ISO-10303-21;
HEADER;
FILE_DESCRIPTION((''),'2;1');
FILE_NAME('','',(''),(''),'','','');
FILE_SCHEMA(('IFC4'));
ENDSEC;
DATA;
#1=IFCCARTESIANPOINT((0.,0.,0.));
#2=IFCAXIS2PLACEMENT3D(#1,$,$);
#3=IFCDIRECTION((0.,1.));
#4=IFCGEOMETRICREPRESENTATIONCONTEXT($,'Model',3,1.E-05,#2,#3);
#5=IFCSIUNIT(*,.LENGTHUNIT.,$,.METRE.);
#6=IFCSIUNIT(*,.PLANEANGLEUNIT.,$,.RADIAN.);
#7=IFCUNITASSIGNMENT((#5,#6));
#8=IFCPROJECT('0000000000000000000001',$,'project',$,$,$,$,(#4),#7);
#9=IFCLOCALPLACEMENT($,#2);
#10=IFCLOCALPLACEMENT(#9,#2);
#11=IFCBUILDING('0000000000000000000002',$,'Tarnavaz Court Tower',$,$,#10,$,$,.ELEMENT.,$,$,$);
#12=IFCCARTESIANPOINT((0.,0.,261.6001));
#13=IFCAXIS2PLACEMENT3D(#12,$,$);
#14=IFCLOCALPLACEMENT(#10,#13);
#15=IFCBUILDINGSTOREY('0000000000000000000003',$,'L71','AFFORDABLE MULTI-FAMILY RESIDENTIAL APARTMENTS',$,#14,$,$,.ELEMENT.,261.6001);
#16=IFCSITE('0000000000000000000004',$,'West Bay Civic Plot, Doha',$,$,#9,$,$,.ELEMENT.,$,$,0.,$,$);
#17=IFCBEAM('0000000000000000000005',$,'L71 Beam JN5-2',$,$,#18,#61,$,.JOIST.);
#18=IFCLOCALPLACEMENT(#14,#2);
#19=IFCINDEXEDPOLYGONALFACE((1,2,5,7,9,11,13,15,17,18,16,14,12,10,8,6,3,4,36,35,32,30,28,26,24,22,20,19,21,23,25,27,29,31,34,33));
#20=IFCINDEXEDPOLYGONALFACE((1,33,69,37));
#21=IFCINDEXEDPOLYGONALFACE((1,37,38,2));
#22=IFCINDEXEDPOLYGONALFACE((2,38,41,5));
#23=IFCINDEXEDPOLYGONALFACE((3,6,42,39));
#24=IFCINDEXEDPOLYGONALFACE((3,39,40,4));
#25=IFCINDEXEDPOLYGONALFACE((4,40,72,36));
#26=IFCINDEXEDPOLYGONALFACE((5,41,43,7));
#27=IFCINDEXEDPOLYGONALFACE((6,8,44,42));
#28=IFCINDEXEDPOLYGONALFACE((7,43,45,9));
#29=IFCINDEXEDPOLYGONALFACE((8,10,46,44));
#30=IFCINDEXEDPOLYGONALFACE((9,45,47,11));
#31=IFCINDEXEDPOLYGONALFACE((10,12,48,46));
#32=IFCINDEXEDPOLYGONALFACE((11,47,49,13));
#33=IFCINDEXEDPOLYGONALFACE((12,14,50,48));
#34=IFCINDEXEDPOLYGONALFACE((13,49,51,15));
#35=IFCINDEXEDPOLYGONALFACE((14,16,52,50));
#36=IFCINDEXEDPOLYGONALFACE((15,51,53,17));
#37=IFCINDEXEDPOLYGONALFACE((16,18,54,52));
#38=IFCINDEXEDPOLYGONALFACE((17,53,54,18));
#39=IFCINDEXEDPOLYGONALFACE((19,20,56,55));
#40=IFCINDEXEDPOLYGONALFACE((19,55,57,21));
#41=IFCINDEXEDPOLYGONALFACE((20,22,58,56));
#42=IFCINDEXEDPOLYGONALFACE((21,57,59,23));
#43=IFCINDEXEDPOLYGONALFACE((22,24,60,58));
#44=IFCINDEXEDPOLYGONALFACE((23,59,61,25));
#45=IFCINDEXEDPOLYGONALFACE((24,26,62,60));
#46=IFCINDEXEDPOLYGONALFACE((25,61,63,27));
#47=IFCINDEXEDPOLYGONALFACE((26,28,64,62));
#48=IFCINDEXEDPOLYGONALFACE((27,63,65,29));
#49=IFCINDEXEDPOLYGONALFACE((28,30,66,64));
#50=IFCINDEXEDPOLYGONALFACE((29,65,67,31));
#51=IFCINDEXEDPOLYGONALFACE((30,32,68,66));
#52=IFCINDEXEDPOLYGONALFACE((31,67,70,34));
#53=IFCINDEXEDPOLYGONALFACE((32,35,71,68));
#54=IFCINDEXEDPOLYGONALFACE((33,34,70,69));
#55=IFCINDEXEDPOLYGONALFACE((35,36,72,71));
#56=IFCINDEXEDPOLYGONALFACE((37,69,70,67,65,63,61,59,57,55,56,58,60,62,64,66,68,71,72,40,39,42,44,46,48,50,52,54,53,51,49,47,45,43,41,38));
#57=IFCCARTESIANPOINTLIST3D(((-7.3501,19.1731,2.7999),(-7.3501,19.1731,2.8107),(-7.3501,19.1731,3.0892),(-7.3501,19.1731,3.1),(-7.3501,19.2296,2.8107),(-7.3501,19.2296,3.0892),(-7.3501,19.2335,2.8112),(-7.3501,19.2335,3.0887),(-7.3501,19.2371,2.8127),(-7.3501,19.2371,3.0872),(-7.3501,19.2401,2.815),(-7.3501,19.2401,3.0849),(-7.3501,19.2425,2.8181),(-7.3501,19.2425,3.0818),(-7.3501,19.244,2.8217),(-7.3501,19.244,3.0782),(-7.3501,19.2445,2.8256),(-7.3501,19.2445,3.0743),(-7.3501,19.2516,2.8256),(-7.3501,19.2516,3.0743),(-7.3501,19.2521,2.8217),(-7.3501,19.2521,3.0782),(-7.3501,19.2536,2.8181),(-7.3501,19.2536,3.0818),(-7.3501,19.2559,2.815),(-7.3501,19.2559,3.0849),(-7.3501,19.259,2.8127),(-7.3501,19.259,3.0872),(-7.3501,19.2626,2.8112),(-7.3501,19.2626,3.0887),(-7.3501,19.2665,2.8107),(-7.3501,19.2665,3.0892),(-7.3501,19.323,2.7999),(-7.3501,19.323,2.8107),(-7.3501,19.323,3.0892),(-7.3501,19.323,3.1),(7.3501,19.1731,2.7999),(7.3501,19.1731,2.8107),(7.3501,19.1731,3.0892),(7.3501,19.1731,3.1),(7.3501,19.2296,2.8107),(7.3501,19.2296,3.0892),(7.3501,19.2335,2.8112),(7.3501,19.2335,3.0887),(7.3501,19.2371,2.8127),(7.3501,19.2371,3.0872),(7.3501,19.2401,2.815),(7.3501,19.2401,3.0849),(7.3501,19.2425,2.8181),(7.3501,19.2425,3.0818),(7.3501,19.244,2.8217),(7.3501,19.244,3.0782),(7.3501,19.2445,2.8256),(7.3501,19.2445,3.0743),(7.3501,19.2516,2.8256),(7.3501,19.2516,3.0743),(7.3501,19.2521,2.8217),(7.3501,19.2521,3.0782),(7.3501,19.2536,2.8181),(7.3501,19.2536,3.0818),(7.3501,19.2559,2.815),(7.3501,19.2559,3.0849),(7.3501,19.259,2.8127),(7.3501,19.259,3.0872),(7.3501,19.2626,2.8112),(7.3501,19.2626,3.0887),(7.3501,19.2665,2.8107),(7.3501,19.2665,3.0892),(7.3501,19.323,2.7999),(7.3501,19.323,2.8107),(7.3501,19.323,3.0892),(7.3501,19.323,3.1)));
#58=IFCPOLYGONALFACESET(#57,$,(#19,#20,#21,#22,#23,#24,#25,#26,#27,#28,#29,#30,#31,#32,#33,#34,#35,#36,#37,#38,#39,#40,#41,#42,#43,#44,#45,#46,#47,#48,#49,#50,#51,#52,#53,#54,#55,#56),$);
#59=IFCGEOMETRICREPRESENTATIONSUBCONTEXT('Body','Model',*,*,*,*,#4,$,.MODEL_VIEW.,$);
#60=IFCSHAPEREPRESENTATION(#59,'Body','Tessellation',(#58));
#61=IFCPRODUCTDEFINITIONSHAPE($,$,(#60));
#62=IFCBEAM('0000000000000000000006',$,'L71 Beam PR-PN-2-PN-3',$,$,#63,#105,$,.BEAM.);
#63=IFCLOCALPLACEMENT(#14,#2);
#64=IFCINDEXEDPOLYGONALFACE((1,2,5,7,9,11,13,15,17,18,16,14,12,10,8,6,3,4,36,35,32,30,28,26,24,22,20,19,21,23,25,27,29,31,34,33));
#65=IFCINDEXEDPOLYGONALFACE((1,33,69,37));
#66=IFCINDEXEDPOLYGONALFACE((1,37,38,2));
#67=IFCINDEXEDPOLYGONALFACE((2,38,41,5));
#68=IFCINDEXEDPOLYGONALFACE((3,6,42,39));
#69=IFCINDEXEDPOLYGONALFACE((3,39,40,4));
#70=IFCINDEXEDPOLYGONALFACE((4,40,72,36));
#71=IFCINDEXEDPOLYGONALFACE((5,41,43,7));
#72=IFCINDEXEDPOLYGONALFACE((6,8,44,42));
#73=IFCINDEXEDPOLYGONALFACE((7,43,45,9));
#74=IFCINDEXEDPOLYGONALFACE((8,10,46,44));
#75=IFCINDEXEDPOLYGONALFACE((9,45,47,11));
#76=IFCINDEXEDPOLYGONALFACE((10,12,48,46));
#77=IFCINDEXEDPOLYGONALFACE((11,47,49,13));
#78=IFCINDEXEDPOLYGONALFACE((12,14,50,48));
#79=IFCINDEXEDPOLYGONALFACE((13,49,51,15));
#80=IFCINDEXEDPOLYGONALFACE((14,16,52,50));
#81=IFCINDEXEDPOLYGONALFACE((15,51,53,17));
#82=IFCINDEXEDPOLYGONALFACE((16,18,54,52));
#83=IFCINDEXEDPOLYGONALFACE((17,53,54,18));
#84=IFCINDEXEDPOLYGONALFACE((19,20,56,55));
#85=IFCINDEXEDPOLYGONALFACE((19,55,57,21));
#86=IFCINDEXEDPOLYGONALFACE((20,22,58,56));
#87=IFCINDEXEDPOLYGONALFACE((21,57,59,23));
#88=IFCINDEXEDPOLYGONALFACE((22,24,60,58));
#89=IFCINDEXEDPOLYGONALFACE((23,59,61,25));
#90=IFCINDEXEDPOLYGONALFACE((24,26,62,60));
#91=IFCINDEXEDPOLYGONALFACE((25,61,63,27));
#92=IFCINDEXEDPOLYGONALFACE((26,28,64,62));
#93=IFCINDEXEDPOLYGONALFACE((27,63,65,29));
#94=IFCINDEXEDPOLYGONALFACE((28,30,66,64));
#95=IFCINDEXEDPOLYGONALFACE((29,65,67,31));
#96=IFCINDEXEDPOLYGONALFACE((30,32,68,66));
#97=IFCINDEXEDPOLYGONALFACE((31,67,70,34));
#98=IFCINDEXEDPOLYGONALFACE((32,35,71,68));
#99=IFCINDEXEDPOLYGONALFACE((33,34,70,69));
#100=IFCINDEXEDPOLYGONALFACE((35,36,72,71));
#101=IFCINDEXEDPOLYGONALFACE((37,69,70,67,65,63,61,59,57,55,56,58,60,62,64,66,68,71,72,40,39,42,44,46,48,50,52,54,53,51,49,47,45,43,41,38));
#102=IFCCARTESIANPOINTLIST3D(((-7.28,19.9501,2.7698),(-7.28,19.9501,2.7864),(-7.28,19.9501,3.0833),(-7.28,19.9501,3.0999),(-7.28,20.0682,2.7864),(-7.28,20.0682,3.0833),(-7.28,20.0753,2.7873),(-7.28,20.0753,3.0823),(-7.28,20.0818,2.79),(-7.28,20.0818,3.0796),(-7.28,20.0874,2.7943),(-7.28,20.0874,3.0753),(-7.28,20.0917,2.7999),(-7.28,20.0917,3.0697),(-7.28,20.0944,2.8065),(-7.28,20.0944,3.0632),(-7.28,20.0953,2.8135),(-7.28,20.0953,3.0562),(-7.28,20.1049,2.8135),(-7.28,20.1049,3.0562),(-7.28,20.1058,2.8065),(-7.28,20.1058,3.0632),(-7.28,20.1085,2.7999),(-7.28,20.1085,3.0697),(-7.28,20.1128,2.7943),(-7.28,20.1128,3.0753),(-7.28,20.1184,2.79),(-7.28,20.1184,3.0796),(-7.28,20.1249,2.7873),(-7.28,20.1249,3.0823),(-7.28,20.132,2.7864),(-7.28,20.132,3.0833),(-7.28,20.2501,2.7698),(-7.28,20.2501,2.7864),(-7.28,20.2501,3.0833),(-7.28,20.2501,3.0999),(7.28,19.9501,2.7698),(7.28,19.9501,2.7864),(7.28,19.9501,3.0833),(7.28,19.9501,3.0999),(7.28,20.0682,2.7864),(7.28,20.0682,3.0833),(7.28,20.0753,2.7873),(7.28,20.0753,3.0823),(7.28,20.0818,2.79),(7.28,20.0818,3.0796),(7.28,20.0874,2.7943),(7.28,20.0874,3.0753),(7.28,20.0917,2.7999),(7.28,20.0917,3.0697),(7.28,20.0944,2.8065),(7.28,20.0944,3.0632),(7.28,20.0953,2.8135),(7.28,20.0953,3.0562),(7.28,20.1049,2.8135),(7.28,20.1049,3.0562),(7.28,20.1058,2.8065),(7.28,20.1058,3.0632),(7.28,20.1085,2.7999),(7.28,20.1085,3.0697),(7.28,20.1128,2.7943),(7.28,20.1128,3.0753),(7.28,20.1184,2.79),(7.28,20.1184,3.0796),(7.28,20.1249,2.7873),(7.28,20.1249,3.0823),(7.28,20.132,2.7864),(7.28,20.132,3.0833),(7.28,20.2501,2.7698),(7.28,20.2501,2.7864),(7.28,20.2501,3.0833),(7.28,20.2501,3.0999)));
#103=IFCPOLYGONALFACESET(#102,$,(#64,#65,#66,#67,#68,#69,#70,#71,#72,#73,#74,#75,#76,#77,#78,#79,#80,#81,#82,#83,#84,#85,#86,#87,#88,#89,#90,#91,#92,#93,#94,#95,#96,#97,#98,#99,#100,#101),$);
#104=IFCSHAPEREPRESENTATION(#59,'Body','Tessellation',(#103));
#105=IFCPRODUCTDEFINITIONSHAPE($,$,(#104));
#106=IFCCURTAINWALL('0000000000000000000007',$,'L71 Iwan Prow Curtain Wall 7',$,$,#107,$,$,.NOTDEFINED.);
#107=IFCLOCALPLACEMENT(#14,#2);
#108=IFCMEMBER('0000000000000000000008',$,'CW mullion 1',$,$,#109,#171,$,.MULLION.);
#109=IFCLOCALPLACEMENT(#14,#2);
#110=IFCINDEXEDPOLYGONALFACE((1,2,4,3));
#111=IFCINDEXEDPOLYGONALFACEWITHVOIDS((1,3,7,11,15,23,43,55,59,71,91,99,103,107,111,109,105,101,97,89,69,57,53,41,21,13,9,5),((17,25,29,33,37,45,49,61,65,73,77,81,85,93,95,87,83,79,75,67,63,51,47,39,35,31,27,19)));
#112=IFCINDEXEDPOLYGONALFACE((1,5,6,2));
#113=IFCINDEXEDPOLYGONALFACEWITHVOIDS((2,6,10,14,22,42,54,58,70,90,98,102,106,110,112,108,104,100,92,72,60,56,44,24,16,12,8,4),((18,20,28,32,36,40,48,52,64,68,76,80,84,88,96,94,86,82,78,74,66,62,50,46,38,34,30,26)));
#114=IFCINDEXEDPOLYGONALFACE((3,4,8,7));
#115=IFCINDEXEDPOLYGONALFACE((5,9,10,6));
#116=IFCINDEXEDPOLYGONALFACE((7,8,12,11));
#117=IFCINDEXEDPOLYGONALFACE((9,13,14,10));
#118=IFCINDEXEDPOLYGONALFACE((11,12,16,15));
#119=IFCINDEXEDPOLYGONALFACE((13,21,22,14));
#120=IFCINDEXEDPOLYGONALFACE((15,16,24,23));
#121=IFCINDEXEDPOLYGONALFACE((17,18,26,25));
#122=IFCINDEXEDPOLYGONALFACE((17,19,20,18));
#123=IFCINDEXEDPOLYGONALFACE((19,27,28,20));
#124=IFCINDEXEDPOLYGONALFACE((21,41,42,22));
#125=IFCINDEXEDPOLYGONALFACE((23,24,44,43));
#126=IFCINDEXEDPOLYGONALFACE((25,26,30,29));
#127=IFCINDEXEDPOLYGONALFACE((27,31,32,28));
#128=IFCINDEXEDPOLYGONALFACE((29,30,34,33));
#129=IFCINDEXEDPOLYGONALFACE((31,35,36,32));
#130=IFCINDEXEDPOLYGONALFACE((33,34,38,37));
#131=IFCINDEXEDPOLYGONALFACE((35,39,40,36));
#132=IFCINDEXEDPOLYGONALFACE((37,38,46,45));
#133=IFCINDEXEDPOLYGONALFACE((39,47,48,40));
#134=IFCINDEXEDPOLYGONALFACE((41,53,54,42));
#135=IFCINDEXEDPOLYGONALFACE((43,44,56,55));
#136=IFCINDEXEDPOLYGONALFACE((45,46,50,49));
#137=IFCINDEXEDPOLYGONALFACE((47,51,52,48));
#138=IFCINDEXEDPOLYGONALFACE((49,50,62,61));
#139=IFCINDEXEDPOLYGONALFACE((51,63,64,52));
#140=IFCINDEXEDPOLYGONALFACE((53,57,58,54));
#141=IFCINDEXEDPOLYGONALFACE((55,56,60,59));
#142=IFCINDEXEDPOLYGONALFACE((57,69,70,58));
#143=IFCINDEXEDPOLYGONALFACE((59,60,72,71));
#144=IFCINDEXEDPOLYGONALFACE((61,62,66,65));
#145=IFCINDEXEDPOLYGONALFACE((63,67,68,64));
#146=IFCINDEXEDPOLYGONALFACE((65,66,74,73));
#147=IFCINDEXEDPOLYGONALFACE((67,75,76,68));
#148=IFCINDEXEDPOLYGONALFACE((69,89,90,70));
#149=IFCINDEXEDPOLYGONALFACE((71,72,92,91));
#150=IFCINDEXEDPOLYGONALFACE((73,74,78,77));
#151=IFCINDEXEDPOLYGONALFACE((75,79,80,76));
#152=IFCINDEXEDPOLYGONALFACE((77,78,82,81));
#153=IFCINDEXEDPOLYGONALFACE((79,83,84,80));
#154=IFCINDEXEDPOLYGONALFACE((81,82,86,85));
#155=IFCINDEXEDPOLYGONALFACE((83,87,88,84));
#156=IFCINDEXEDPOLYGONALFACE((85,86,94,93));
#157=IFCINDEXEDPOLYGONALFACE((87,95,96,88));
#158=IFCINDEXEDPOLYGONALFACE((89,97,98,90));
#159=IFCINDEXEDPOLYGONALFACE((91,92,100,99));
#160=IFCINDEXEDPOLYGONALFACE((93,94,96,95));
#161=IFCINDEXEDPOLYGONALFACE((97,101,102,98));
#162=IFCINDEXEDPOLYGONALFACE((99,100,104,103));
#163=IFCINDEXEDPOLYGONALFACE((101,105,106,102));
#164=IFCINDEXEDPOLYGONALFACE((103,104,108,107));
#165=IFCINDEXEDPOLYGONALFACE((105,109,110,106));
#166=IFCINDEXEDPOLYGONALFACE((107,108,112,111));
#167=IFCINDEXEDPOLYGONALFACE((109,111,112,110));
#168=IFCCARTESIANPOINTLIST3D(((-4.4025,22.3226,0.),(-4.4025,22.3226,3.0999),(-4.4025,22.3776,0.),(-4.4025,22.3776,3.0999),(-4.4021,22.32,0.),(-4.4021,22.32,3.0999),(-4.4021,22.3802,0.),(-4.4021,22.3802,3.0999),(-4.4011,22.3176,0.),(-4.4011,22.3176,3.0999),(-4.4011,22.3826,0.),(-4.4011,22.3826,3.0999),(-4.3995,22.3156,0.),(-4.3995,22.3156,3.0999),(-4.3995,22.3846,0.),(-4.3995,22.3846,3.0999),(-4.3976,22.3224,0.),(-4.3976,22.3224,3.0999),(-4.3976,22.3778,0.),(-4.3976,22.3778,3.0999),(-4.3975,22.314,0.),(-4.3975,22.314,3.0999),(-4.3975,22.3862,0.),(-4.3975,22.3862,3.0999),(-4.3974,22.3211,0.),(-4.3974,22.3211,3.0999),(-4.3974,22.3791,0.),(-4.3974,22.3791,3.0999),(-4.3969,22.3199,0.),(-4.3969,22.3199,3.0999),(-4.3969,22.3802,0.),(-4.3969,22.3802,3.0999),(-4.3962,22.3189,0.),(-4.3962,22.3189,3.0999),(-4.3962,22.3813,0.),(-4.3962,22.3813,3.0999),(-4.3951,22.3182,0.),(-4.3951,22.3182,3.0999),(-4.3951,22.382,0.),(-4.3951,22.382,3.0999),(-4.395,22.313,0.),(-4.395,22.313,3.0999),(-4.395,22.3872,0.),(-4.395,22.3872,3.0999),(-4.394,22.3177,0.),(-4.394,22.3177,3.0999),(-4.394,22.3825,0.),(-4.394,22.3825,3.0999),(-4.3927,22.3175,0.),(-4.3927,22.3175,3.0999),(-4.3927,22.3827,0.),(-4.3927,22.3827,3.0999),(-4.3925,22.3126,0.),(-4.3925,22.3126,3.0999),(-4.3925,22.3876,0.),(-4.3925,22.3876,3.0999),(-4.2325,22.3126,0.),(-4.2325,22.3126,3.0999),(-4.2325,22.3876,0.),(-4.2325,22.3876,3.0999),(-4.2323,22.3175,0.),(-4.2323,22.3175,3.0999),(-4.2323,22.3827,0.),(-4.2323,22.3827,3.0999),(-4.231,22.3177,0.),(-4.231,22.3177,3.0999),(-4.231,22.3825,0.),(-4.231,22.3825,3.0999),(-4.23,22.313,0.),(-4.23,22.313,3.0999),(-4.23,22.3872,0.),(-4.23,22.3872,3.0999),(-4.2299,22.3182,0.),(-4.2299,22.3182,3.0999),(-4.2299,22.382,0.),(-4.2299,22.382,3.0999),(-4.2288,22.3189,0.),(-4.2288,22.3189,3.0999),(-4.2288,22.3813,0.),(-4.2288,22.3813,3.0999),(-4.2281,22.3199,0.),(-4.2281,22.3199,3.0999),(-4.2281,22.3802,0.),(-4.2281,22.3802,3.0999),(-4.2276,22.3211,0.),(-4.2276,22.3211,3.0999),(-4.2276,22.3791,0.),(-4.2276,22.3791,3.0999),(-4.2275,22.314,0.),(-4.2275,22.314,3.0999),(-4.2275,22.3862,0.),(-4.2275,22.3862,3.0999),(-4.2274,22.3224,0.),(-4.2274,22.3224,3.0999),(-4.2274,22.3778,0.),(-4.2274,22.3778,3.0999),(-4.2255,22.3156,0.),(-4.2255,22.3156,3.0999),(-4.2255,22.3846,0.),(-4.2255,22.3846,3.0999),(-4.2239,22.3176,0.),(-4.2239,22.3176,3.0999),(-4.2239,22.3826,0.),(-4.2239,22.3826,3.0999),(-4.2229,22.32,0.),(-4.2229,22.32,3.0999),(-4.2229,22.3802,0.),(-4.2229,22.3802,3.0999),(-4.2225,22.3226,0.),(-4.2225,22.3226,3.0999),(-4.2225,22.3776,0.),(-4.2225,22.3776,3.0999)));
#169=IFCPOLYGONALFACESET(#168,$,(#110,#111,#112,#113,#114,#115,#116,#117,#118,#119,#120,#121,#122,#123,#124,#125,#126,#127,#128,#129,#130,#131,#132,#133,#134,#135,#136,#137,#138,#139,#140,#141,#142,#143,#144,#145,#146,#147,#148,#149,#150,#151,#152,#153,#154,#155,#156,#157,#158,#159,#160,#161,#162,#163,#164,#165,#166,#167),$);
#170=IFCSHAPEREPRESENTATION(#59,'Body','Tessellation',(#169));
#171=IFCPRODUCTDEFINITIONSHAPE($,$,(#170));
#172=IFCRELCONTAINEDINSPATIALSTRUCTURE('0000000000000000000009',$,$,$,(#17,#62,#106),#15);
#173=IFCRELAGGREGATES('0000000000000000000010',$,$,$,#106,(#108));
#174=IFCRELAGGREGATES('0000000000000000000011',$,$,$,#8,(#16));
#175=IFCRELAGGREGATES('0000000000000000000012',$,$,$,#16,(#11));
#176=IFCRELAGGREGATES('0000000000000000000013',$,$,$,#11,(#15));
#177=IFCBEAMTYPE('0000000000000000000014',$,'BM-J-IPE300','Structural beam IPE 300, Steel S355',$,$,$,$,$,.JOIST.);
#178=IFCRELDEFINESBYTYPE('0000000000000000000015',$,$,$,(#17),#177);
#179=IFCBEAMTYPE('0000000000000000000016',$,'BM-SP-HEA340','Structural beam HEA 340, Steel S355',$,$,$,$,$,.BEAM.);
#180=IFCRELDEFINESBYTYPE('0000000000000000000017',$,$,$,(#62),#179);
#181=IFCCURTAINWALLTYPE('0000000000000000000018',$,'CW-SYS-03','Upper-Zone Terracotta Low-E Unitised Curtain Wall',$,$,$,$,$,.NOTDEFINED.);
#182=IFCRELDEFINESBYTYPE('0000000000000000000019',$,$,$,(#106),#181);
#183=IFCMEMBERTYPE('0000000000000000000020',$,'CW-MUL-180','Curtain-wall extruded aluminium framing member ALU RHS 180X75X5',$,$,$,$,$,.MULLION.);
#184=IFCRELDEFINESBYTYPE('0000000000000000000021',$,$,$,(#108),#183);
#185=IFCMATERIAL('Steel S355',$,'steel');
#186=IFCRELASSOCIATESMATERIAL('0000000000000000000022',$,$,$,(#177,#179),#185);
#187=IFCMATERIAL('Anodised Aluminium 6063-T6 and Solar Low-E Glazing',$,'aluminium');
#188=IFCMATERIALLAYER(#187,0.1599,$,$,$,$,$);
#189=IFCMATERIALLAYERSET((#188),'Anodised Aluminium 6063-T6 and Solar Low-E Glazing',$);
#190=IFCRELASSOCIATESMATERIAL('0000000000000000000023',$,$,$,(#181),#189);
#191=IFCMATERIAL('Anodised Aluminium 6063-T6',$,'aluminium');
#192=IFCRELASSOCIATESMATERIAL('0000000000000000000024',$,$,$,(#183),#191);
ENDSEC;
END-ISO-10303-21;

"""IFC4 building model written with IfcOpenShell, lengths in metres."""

from ifc_helpers import new_model, si_unit, direction, frame, origin, origin_2d, place, context, subcontext, project, spatial, hollow_rectangle, i_section, extrude, material, layer, layer_set, material_profile, profile_set, type_object, element, aggregate, save


model = new_model("IFC4")

# Units and contexts
model_context = context("Model", 3, precision=1e-05, world=origin(), true_north=direction((0.0, 1.0)))
body_context = subcontext(model_context, "Body", "Model", "MODEL_VIEW")
ifc_project = project(units=[si_unit("LENGTHUNIT", "METRE"), si_unit("PLANEANGLEUNIT", "RADIAN")], contexts=[model_context])

# Site, building, storey
site_placement = place(None, origin())
site = spatial("IfcSite", under=ifc_project, at=site_placement, Name="West Bay Civic Plot, Doha", CompositionType="ELEMENT", RefElevation=0.0)
building_placement = place(site_placement, origin())
building = spatial("IfcBuilding", under=site, at=building_placement, Name="Tarnavaz Court Tower", CompositionType="ELEMENT")
storey_placement = place(building_placement, frame((0.0, 0.0, 261.6001)))
storey = spatial("IfcBuildingStorey", under=building, at=storey_placement, Name="L71", Description="AFFORDABLE MULTI-FAMILY RESIDENTIAL APARTMENTS", CompositionType="ELEMENT", Elevation=261.6001)

# Beams
ifc_material_1 = material(Name="Steel S355", Category="steel")
ifc_material_profile_1 = material_profile(ifc_material_1, i_section(OverallWidth=0.1499, OverallDepth=0.3, WebThickness=0.0071, FlangeThickness=0.0107, FilletRadius=0.0149, at=origin_2d()), Name="IPE 300")
ifc_profile_set_1 = profile_set([ifc_material_profile_1], Name="Steel S355")
beam_type_1 = type_object("IfcBeamType", Name="BM-J-IPE300", Description="Structural beam IPE 300, Steel S355", PredefinedType="JOIST", material=ifc_profile_set_1)
for number, where, z_axis, x_axis, name in (
    (1, (-7.3501, 19.248, 2.95), (1.0, 0.0, 0.0), (0.0, 1.0, 0.0), "L71 Beam JN5-2"),
):
    element("IfcBeam", number, at=place(storey_placement, frame(where, z_axis=z_axis, x_axis=x_axis)), inside=storey, type_object=beam_type_1, Name=name, PredefinedType="JOIST", context=body_context, shape_type="SweptSolid", body=[
        extrude(i_section(OverallWidth=0.1499, OverallDepth=0.3, WebThickness=0.0071, FlangeThickness=0.0107, FilletRadius=0.0149, at=origin_2d()), origin(), (0.0, 0.0, 1.0), 14.7002),
    ])
ifc_material_profile_2 = material_profile(ifc_material_1, i_section(OverallWidth=0.3, OverallDepth=0.3301, WebThickness=0.0095, FlangeThickness=0.0166, FilletRadius=0.0271, at=origin_2d()), Name="HEA 340")
ifc_profile_set_2 = profile_set([ifc_material_profile_2], Name="Steel S355")
beam_type_2 = type_object("IfcBeamType", Name="BM-SP-HEA340", Description="Structural beam HEA 340, Steel S355", PredefinedType="BEAM", material=ifc_profile_set_2)
beam_placement = place(storey_placement, frame((-7.28, 20.1001, 2.9348), z_axis=(1.0, 0.0, 0.0), x_axis=(0.0, 1.0, 0.0)))
element("IfcBeam", 2, at=beam_placement, inside=storey, type_object=beam_type_2, Name="L71 Beam PR-PN-2-PN-3", PredefinedType="BEAM", context=body_context, shape_type="SweptSolid", body=[
    extrude(i_section(OverallWidth=0.3, OverallDepth=0.3301, WebThickness=0.0095, FlangeThickness=0.0166, FilletRadius=0.0271, at=origin_2d()), origin(), (0.0, 0.0, 1.0), 14.5601),
])

# Curtain wall, member
ifc_material_2 = material(Name="Anodised Aluminium 6063-T6 and Solar Low-E Glazing", Category="aluminium")
ifc_layer_1 = layer(ifc_material_2, 0.1599)
ifc_layer_set_1 = layer_set([ifc_layer_1], Name="Anodised Aluminium 6063-T6 and Solar Low-E Glazing")
curtain_wall_type = type_object("IfcCurtainWallType", Name="CW-SYS-03", Description="Upper-Zone Terracotta Low-E Unitised Curtain Wall", PredefinedType="NOTDEFINED", material=ifc_layer_set_1)
curtain_wall_placement = place(storey_placement, origin())
curtain_wall = element("IfcCurtainWall", 3, at=curtain_wall_placement, inside=storey, type_object=curtain_wall_type, Name="L71 Iwan Prow Curtain Wall 7", PredefinedType="NOTDEFINED")
ifc_material_3 = material(Name="Anodised Aluminium 6063-T6", Category="aluminium")
ifc_material_profile_3 = material_profile(ifc_material_3, hollow_rectangle(XDim=0.075, YDim=0.1799, WallThickness=0.0049, InnerFilletRadius=0.0049, OuterFilletRadius=0.01, at=origin_2d()), Name="ALU RHS 180X75X5")
ifc_profile_set_3 = profile_set([ifc_material_profile_3], Name="Anodised Aluminium 6063-T6")
member_type_1 = type_object("IfcMemberType", Name="CW-MUL-180", Description="Curtain-wall extruded aluminium framing member ALU RHS 180X75X5", PredefinedType="MULLION", material=ifc_profile_set_3)
member_1_placement = place(storey_placement, frame((-4.3125, 22.3501, 0.0), z_axis=(0.0, 0.0, 1.0), x_axis=(0.0, 1.0, 0.0)))
member_1 = element("IfcMember", 4, at=member_1_placement, type_object=member_type_1, Name="CW mullion 1", PredefinedType="MULLION", context=body_context, shape_type="SweptSolid", body=[
    extrude(hollow_rectangle(XDim=0.075, YDim=0.1799, WallThickness=0.0049, InnerFilletRadius=0.0049, OuterFilletRadius=0.01, at=origin_2d()), origin(), (0.0, 0.0, 1.0), 3.0999),
])
aggregate(curtain_wall, [member_1])

save(model, "model.ifc")
